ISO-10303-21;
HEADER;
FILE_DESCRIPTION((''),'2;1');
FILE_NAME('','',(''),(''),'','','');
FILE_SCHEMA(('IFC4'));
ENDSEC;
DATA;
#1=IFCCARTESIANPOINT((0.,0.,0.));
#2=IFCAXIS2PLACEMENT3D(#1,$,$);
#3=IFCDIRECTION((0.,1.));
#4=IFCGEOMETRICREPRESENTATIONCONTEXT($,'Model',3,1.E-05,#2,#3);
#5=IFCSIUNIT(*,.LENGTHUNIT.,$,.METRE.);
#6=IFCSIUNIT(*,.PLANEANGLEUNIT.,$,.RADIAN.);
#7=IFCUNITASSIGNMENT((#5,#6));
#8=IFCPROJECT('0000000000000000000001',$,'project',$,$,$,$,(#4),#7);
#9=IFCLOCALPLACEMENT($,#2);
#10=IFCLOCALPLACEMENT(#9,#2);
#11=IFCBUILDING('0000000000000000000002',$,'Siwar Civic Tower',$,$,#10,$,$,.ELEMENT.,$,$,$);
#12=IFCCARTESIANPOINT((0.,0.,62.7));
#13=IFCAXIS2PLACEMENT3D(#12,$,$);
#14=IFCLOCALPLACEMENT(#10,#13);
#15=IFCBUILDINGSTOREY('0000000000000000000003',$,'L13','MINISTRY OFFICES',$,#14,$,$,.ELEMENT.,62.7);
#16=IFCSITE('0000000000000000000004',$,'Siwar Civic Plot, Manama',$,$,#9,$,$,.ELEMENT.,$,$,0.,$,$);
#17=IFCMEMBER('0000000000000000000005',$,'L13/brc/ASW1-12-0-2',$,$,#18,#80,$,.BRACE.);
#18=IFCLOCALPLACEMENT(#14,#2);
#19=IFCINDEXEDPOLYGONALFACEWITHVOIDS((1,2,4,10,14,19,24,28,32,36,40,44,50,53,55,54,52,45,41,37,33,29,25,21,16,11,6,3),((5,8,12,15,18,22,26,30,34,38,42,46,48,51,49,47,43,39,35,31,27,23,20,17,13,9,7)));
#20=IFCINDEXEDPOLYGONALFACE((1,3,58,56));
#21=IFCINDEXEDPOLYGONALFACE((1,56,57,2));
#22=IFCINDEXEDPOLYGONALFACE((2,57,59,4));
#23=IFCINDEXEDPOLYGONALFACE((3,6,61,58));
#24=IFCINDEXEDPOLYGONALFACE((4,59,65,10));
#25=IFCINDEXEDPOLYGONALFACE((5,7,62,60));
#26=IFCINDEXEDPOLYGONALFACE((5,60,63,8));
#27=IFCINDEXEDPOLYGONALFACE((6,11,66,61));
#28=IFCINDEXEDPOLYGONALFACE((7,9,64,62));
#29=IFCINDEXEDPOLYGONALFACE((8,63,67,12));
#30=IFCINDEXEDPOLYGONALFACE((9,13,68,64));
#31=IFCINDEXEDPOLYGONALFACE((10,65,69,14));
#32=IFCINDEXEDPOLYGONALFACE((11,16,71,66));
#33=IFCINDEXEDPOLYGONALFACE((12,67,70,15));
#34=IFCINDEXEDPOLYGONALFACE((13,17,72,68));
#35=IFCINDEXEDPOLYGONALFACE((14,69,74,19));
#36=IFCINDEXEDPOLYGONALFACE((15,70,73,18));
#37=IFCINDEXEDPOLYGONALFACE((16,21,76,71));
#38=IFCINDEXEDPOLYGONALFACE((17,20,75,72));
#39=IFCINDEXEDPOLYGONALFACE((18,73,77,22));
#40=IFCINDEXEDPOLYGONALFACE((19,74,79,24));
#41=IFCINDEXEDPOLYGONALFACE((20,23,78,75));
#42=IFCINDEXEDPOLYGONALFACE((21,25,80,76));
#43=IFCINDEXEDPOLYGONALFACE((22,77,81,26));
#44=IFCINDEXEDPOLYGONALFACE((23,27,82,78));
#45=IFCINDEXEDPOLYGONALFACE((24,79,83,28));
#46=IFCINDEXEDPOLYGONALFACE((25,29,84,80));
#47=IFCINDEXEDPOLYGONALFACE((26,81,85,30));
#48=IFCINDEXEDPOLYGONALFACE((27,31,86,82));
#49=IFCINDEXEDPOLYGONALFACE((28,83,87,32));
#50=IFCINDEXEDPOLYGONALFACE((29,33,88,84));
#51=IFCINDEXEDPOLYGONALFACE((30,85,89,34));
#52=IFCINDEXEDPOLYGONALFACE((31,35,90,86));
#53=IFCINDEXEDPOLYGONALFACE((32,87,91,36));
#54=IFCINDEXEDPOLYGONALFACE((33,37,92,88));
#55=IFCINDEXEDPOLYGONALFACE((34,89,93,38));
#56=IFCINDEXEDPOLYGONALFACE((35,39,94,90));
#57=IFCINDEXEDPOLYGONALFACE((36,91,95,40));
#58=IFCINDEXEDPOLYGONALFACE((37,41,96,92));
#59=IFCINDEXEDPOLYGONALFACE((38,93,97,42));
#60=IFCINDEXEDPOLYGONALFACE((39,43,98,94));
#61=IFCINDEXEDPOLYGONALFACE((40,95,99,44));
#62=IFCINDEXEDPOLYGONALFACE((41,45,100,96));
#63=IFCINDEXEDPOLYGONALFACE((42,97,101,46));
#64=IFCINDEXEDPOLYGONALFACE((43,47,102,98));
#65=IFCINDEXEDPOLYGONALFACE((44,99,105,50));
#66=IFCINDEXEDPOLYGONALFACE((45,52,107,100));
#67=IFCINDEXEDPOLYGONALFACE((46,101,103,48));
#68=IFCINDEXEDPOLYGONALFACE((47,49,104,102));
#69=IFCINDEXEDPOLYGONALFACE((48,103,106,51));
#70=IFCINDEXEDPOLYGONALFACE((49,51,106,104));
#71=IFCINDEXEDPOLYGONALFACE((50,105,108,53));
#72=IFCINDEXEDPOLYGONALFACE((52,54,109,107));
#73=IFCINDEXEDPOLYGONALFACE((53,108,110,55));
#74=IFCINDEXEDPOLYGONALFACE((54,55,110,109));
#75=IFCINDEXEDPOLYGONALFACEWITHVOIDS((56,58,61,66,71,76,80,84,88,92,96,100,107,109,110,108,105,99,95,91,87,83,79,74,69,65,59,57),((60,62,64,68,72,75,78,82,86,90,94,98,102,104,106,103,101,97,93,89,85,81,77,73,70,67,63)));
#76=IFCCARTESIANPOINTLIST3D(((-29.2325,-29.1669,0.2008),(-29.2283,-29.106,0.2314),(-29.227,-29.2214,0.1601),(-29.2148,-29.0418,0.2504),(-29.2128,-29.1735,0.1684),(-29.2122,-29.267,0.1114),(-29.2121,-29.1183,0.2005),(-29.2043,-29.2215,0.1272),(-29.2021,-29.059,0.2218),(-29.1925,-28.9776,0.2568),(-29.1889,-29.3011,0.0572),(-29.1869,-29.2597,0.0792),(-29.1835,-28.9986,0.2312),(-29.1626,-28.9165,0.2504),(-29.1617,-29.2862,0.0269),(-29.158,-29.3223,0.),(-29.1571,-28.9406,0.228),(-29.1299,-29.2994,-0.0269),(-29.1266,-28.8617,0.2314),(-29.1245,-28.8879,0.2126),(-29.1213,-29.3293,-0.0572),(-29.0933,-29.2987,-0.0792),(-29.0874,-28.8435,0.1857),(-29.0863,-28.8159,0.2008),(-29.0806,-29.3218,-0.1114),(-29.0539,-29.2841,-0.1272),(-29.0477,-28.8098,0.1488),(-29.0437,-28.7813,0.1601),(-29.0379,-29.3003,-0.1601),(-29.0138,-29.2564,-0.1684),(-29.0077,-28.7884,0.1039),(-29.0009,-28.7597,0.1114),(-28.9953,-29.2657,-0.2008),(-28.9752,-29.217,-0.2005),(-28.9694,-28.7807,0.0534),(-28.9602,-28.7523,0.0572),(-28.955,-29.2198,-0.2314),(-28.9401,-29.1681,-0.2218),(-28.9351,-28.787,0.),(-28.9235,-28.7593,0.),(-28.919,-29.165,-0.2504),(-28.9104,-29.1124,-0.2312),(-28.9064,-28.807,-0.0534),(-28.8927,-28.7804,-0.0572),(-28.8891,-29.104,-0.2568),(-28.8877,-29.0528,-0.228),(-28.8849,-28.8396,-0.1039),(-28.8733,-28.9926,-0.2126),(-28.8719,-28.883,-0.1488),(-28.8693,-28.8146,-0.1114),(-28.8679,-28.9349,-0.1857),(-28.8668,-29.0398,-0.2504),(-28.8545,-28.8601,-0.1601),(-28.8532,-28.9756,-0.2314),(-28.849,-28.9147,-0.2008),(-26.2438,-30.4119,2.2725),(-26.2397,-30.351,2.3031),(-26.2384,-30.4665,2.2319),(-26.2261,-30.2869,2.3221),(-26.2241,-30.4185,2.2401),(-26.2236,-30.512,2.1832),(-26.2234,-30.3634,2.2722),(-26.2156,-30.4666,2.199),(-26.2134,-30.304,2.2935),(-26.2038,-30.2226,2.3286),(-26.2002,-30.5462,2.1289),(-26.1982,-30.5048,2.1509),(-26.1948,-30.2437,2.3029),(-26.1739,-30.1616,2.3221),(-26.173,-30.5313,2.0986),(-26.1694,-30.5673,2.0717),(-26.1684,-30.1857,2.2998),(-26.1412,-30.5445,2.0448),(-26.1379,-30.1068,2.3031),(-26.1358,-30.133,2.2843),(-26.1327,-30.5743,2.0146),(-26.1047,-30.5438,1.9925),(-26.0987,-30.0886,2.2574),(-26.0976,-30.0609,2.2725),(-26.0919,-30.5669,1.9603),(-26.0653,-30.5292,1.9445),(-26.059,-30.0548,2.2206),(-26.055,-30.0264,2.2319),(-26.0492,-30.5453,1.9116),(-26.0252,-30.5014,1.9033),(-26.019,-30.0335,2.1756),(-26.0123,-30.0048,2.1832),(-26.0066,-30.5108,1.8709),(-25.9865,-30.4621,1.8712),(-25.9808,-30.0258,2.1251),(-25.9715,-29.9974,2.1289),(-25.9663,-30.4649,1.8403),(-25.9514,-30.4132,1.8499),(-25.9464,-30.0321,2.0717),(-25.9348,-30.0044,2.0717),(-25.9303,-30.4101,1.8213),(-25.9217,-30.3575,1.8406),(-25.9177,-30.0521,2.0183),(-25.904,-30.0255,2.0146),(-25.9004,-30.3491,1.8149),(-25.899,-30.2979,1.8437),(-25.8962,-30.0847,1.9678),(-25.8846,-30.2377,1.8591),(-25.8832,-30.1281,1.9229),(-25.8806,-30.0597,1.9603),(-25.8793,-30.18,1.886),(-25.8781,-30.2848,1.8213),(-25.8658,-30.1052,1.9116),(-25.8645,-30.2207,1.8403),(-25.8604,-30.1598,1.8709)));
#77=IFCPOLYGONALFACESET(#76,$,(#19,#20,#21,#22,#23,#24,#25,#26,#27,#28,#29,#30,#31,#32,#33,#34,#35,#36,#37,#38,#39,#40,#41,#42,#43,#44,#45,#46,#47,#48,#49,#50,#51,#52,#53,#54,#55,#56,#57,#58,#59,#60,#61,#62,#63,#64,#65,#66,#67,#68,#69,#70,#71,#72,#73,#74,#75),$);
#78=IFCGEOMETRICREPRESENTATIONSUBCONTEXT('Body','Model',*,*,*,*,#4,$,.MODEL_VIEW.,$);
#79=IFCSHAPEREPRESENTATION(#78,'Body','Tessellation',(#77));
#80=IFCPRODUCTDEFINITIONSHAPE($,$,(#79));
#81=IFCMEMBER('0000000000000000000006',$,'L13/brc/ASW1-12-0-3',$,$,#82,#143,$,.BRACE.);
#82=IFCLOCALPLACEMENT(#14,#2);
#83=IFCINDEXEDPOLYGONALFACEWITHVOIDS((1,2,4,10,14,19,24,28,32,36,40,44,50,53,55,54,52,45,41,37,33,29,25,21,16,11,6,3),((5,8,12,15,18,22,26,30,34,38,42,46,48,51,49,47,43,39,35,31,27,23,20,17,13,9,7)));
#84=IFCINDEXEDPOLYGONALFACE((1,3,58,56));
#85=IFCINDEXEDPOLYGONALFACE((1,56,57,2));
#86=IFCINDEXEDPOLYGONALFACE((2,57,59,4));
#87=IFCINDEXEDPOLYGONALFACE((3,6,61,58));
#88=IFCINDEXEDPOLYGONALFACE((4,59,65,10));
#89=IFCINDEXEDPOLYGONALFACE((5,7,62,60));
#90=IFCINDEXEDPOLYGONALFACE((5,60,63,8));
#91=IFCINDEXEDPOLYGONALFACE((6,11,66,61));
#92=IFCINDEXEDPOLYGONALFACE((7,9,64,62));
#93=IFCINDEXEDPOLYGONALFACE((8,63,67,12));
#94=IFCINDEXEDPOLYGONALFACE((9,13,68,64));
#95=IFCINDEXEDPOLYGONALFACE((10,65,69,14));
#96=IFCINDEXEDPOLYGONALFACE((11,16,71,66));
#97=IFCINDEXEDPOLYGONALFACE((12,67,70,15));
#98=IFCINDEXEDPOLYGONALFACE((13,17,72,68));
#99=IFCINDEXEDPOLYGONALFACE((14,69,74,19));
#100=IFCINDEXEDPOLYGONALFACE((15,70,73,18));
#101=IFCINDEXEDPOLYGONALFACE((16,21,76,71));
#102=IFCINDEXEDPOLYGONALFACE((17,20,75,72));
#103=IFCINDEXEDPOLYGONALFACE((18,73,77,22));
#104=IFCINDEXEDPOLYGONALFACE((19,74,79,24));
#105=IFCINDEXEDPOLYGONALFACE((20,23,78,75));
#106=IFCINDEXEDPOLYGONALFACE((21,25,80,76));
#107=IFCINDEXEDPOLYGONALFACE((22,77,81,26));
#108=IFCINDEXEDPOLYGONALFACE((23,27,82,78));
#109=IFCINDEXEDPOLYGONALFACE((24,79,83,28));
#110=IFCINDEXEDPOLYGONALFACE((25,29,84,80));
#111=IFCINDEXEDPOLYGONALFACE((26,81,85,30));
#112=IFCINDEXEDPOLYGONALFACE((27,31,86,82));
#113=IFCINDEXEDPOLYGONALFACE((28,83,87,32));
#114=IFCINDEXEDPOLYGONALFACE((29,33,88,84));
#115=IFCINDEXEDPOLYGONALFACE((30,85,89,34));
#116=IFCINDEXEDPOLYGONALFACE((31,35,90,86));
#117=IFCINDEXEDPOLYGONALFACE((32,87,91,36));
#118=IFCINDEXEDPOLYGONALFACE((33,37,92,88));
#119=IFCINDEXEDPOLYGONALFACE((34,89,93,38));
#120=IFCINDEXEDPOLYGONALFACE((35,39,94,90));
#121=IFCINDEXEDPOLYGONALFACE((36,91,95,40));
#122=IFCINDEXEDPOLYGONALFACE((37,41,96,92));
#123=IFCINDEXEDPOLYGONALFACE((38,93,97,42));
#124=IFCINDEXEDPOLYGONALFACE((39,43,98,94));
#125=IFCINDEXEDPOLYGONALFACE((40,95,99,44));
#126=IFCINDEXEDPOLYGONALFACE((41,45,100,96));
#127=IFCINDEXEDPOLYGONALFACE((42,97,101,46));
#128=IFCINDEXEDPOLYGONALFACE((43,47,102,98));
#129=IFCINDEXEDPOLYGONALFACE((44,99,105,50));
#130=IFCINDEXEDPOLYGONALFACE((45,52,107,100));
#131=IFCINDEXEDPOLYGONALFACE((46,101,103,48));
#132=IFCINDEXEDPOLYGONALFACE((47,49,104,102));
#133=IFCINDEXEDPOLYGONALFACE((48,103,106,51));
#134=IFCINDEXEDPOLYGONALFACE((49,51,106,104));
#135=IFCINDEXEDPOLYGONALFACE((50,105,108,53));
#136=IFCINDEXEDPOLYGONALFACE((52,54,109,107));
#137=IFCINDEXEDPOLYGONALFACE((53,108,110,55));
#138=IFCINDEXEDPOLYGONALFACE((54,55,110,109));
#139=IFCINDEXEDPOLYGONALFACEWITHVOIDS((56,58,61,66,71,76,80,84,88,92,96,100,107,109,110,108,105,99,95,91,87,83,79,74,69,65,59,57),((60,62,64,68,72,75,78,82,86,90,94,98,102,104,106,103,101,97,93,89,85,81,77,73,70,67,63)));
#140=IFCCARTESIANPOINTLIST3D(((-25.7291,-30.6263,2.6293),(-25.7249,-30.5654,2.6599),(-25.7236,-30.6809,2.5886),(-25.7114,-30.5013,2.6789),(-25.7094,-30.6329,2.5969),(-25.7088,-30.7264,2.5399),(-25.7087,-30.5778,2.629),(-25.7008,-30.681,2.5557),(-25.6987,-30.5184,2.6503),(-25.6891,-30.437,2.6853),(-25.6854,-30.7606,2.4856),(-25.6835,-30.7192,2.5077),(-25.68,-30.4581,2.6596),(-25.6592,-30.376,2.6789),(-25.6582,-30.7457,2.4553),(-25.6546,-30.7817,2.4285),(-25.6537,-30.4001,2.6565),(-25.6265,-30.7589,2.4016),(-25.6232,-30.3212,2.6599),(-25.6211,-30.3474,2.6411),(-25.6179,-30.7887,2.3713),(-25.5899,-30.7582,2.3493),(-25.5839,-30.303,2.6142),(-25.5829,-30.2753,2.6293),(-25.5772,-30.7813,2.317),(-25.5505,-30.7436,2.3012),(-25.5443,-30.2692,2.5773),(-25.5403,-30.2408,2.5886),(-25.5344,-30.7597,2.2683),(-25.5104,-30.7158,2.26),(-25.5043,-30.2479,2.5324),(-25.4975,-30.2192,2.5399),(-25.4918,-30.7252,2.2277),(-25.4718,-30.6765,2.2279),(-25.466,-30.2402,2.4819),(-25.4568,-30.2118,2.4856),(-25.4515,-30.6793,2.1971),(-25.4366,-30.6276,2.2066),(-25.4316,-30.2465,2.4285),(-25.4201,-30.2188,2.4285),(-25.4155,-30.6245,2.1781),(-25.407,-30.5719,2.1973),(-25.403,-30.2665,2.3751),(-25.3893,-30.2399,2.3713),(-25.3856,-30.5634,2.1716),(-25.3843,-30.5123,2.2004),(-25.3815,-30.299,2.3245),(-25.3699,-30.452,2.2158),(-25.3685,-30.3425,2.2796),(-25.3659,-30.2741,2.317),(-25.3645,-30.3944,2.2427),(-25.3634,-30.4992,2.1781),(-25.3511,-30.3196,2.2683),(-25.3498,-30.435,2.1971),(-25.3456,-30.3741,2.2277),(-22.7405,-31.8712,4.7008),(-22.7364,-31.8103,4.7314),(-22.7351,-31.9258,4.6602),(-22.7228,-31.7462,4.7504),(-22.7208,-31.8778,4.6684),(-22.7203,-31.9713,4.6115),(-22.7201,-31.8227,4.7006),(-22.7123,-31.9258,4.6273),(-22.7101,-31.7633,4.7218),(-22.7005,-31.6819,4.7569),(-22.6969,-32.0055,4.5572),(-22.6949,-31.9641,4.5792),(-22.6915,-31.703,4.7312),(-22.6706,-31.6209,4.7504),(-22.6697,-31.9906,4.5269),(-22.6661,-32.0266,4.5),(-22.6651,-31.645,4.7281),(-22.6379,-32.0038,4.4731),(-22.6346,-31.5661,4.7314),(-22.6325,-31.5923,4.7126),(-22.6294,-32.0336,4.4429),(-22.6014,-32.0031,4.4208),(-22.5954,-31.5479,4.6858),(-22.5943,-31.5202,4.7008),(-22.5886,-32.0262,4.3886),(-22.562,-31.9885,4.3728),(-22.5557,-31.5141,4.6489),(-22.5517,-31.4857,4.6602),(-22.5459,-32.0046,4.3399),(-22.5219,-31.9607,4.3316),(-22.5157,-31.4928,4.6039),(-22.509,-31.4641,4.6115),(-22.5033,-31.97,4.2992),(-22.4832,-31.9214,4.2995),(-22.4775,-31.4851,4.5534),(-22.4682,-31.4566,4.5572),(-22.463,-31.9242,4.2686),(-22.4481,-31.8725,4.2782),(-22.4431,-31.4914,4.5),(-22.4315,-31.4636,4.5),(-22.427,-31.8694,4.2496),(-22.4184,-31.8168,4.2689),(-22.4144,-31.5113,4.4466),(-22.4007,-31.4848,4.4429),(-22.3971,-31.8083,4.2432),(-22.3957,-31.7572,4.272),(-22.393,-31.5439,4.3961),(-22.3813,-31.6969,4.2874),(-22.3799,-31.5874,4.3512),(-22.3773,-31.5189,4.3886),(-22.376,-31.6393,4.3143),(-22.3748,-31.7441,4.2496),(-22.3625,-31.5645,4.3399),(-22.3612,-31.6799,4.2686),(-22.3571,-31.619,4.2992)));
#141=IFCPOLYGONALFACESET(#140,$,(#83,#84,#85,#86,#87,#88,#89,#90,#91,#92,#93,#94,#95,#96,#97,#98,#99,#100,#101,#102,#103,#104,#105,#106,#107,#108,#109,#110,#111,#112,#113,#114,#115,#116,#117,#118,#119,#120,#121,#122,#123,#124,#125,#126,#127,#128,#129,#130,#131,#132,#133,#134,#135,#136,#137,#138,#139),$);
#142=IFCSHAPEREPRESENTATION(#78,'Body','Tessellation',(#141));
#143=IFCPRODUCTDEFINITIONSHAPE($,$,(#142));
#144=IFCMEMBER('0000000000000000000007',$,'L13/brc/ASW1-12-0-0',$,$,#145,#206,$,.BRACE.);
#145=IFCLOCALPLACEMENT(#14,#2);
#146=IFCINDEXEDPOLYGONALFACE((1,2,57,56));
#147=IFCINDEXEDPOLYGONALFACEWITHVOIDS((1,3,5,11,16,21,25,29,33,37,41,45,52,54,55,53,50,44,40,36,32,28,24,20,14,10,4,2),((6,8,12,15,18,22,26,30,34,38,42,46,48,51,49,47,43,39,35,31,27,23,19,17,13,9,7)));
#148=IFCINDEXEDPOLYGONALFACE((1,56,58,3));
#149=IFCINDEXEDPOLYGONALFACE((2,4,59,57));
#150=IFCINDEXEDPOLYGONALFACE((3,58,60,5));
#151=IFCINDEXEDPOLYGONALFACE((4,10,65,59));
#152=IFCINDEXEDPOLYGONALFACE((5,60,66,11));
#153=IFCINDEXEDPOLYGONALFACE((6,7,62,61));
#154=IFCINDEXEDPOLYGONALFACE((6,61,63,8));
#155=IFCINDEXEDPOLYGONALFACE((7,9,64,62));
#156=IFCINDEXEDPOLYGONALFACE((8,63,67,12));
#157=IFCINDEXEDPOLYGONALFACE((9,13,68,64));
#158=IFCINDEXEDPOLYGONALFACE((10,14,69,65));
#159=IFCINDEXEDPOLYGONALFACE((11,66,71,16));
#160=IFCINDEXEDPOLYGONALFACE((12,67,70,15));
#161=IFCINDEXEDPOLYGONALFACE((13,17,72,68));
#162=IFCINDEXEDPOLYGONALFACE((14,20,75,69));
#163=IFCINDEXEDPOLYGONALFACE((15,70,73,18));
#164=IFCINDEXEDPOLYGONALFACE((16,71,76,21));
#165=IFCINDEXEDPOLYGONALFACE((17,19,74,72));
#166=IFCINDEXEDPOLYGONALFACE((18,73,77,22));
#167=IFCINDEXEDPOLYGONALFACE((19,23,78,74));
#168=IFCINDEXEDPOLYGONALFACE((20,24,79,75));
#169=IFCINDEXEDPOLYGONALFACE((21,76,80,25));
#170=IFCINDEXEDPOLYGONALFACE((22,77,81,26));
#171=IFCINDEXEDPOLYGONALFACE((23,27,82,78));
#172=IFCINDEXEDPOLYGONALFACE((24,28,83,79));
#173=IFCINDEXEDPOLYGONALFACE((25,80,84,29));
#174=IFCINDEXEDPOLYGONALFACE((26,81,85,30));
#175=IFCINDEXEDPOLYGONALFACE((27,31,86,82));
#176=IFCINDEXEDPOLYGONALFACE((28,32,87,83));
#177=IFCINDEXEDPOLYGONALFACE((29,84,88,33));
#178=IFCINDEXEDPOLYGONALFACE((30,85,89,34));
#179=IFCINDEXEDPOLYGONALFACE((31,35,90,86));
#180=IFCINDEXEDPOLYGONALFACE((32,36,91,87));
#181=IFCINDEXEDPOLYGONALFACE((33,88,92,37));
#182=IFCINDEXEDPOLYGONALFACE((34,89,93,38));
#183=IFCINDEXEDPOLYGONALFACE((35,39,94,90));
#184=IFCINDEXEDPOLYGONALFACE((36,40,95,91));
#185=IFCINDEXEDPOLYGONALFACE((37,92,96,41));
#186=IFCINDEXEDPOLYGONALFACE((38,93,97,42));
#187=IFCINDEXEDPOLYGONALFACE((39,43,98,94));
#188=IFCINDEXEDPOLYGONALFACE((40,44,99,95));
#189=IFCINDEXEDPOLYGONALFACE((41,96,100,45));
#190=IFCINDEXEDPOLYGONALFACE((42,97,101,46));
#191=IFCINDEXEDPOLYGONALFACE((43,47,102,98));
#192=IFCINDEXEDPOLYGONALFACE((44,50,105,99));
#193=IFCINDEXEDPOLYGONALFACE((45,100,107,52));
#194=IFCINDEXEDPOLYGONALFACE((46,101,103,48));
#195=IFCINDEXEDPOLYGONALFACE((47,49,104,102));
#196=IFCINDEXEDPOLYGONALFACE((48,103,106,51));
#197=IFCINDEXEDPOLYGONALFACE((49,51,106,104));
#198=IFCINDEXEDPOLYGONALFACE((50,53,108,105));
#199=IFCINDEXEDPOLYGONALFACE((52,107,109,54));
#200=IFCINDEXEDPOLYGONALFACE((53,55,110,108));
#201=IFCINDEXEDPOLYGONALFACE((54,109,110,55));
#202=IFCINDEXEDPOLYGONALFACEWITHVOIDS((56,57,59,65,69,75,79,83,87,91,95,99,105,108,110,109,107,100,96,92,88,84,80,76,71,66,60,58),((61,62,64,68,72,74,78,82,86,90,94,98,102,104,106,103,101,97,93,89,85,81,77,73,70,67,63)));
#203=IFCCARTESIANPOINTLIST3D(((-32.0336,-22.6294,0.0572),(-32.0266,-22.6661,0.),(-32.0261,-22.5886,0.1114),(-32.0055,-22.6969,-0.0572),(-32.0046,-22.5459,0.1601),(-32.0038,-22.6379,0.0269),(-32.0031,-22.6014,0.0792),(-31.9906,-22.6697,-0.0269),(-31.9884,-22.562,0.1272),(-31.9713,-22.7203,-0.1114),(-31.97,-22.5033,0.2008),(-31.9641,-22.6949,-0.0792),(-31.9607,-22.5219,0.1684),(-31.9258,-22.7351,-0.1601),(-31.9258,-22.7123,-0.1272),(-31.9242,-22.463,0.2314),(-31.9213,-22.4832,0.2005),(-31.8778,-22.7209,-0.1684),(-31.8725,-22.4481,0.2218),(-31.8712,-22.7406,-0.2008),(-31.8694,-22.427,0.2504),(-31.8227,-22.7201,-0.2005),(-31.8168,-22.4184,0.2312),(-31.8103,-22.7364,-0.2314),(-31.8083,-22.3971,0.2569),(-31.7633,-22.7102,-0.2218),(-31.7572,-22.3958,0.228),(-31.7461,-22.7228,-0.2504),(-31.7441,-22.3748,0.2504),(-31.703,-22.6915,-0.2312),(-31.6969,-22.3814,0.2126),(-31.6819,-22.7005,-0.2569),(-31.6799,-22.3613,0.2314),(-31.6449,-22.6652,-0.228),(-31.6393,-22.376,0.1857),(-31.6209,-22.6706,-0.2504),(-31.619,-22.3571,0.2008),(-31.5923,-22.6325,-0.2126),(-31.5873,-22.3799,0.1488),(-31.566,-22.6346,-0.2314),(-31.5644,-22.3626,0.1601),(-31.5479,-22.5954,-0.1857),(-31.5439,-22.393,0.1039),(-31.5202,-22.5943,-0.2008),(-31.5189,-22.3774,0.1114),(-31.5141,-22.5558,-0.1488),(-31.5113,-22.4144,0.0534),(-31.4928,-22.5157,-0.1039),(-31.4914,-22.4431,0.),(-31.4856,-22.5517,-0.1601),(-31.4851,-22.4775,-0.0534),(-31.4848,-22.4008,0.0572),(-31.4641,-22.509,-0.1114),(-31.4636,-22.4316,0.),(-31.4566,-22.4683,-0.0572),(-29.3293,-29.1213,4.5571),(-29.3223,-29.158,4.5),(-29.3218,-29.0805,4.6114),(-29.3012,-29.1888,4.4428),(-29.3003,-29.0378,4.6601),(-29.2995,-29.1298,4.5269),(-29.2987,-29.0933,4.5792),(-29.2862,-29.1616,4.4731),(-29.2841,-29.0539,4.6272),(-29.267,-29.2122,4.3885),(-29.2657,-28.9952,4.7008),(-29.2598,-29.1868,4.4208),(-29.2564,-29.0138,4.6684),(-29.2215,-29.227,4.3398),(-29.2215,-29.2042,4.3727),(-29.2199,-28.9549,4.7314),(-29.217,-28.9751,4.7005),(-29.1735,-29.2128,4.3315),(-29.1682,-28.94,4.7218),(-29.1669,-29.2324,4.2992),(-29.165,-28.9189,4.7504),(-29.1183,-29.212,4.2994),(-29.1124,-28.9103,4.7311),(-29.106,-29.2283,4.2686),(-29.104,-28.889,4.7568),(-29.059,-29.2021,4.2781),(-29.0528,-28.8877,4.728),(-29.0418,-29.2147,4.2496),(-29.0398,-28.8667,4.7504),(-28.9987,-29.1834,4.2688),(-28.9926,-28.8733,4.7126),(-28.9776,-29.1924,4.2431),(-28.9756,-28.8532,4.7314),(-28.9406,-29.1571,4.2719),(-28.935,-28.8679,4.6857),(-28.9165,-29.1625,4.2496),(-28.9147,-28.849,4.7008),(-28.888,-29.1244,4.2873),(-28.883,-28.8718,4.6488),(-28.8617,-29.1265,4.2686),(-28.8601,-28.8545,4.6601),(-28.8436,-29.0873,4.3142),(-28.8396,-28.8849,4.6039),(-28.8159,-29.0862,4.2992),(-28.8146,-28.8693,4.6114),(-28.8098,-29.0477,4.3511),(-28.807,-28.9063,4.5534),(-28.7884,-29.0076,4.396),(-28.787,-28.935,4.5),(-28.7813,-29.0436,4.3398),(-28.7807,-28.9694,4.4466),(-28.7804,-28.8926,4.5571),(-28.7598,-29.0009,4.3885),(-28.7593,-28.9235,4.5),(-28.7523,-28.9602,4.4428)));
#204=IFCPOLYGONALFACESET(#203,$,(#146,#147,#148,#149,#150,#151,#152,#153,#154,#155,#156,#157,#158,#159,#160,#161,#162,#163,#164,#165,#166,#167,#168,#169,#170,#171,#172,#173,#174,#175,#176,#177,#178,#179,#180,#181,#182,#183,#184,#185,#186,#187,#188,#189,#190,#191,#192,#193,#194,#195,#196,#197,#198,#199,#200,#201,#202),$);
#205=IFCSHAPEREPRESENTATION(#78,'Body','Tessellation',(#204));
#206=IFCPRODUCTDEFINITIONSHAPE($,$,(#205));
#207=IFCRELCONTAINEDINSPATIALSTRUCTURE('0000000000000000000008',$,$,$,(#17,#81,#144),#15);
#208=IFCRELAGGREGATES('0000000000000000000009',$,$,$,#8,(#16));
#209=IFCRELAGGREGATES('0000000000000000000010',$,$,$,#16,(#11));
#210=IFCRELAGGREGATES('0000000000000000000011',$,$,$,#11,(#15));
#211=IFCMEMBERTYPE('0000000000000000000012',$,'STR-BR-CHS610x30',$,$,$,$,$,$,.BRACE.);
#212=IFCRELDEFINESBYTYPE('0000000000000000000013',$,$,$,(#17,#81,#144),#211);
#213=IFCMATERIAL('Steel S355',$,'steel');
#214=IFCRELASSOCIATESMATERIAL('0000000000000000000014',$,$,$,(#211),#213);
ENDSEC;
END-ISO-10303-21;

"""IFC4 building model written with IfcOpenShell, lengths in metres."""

from ifc_helpers import new_model, si_unit, direction, frame, origin, origin_2d, place, context, subcontext, project, spatial, hollow_circle, extrude, material, material_profile, profile_set, type_object, element, save


model = new_model("IFC4")

# Units and contexts
model_context = context("Model", 3, precision=1e-05, world=origin(), true_north=direction((0.0, 1.0)))
body_context = subcontext(model_context, "Body", "Model", "MODEL_VIEW")
ifc_project = project(units=[si_unit("LENGTHUNIT", "METRE"), si_unit("PLANEANGLEUNIT", "RADIAN")], contexts=[model_context])

# Site, building, storey
site_placement = place(None, origin())
site = spatial("IfcSite", under=ifc_project, at=site_placement, Name="Siwar Civic Plot, Manama", CompositionType="ELEMENT", RefElevation=0.0)
building_placement = place(site_placement, origin())
building = spatial("IfcBuilding", under=site, at=building_placement, Name="Siwar Civic Tower", CompositionType="ELEMENT")
storey_placement = place(building_placement, frame((0.0, 0.0, 62.7)))
storey = spatial("IfcBuildingStorey", under=building, at=storey_placement, Name="L13", Description="MINISTRY OFFICES", CompositionType="ELEMENT", Elevation=62.7)

# Members
ifc_material_1 = material(Name="Steel S355", Category="steel")
ifc_material_profile_1 = material_profile(ifc_material_1, hollow_circle(Radius=0.3049, WallThickness=0.03, at=origin_2d()), Name="CHS610x30")
ifc_profile_set_1 = profile_set([ifc_material_profile_1], Name="Steel S355")
member_type_1 = type_object("IfcMemberType", Name="STR-BR-CHS610x30", PredefinedType="BRACE", material=ifc_profile_set_1)
member_1_placement = place(storey_placement, frame((-29.0408, -29.0408, 0.0), z_axis=(0.777542, -0.323923, 0.538982), x_axis=(0.384562, 0.923099, 0.0)))
element("IfcMember", 1, at=member_1_placement, inside=storey, type_object=member_type_1, Name="L13/brc/ASW1-12-0-2", PredefinedType="BRACE", context=body_context, shape_type="SweptSolid", body=[
    extrude(hollow_circle(Radius=0.3049, WallThickness=0.03, at=origin_2d()), origin(), (0.0, 0.0, 1.0), 3.8438),
])
member_2_placement = place(storey_placement, frame((-25.5374, -30.5002, 2.4285), z_axis=(0.77756, -0.323893, 0.538975), x_axis=(0.384524, 0.923115, 0.0)))
element("IfcMember", 2, at=member_2_placement, inside=storey, type_object=member_type_1, Name="L13/brc/ASW1-12-0-3", PredefinedType="BRACE", context=body_context, shape_type="SweptSolid", body=[
    extrude(hollow_circle(Radius=0.3049, WallThickness=0.03, at=origin_2d()), origin(), (0.0, 0.0, 1.0), 3.8435),
])
member_3_placement = place(storey_placement, frame((-31.7451, -22.5488, 0.0), z_axis=(0.323906, -0.777555, 0.538975), x_axis=(0.923109, 0.384539, 0.0)))
element("IfcMember", 3, at=member_3_placement, inside=storey, type_object=member_type_1, Name="L13/brc/ASW1-12-0-0", PredefinedType="BRACE", context=body_context, shape_type="SweptSolid", body=[
    extrude(hollow_circle(Radius=0.3049, WallThickness=0.03, at=origin_2d()), origin(), (0.0, 0.0, 1.0), 8.3491),
])

save(model, "model.ifc")
